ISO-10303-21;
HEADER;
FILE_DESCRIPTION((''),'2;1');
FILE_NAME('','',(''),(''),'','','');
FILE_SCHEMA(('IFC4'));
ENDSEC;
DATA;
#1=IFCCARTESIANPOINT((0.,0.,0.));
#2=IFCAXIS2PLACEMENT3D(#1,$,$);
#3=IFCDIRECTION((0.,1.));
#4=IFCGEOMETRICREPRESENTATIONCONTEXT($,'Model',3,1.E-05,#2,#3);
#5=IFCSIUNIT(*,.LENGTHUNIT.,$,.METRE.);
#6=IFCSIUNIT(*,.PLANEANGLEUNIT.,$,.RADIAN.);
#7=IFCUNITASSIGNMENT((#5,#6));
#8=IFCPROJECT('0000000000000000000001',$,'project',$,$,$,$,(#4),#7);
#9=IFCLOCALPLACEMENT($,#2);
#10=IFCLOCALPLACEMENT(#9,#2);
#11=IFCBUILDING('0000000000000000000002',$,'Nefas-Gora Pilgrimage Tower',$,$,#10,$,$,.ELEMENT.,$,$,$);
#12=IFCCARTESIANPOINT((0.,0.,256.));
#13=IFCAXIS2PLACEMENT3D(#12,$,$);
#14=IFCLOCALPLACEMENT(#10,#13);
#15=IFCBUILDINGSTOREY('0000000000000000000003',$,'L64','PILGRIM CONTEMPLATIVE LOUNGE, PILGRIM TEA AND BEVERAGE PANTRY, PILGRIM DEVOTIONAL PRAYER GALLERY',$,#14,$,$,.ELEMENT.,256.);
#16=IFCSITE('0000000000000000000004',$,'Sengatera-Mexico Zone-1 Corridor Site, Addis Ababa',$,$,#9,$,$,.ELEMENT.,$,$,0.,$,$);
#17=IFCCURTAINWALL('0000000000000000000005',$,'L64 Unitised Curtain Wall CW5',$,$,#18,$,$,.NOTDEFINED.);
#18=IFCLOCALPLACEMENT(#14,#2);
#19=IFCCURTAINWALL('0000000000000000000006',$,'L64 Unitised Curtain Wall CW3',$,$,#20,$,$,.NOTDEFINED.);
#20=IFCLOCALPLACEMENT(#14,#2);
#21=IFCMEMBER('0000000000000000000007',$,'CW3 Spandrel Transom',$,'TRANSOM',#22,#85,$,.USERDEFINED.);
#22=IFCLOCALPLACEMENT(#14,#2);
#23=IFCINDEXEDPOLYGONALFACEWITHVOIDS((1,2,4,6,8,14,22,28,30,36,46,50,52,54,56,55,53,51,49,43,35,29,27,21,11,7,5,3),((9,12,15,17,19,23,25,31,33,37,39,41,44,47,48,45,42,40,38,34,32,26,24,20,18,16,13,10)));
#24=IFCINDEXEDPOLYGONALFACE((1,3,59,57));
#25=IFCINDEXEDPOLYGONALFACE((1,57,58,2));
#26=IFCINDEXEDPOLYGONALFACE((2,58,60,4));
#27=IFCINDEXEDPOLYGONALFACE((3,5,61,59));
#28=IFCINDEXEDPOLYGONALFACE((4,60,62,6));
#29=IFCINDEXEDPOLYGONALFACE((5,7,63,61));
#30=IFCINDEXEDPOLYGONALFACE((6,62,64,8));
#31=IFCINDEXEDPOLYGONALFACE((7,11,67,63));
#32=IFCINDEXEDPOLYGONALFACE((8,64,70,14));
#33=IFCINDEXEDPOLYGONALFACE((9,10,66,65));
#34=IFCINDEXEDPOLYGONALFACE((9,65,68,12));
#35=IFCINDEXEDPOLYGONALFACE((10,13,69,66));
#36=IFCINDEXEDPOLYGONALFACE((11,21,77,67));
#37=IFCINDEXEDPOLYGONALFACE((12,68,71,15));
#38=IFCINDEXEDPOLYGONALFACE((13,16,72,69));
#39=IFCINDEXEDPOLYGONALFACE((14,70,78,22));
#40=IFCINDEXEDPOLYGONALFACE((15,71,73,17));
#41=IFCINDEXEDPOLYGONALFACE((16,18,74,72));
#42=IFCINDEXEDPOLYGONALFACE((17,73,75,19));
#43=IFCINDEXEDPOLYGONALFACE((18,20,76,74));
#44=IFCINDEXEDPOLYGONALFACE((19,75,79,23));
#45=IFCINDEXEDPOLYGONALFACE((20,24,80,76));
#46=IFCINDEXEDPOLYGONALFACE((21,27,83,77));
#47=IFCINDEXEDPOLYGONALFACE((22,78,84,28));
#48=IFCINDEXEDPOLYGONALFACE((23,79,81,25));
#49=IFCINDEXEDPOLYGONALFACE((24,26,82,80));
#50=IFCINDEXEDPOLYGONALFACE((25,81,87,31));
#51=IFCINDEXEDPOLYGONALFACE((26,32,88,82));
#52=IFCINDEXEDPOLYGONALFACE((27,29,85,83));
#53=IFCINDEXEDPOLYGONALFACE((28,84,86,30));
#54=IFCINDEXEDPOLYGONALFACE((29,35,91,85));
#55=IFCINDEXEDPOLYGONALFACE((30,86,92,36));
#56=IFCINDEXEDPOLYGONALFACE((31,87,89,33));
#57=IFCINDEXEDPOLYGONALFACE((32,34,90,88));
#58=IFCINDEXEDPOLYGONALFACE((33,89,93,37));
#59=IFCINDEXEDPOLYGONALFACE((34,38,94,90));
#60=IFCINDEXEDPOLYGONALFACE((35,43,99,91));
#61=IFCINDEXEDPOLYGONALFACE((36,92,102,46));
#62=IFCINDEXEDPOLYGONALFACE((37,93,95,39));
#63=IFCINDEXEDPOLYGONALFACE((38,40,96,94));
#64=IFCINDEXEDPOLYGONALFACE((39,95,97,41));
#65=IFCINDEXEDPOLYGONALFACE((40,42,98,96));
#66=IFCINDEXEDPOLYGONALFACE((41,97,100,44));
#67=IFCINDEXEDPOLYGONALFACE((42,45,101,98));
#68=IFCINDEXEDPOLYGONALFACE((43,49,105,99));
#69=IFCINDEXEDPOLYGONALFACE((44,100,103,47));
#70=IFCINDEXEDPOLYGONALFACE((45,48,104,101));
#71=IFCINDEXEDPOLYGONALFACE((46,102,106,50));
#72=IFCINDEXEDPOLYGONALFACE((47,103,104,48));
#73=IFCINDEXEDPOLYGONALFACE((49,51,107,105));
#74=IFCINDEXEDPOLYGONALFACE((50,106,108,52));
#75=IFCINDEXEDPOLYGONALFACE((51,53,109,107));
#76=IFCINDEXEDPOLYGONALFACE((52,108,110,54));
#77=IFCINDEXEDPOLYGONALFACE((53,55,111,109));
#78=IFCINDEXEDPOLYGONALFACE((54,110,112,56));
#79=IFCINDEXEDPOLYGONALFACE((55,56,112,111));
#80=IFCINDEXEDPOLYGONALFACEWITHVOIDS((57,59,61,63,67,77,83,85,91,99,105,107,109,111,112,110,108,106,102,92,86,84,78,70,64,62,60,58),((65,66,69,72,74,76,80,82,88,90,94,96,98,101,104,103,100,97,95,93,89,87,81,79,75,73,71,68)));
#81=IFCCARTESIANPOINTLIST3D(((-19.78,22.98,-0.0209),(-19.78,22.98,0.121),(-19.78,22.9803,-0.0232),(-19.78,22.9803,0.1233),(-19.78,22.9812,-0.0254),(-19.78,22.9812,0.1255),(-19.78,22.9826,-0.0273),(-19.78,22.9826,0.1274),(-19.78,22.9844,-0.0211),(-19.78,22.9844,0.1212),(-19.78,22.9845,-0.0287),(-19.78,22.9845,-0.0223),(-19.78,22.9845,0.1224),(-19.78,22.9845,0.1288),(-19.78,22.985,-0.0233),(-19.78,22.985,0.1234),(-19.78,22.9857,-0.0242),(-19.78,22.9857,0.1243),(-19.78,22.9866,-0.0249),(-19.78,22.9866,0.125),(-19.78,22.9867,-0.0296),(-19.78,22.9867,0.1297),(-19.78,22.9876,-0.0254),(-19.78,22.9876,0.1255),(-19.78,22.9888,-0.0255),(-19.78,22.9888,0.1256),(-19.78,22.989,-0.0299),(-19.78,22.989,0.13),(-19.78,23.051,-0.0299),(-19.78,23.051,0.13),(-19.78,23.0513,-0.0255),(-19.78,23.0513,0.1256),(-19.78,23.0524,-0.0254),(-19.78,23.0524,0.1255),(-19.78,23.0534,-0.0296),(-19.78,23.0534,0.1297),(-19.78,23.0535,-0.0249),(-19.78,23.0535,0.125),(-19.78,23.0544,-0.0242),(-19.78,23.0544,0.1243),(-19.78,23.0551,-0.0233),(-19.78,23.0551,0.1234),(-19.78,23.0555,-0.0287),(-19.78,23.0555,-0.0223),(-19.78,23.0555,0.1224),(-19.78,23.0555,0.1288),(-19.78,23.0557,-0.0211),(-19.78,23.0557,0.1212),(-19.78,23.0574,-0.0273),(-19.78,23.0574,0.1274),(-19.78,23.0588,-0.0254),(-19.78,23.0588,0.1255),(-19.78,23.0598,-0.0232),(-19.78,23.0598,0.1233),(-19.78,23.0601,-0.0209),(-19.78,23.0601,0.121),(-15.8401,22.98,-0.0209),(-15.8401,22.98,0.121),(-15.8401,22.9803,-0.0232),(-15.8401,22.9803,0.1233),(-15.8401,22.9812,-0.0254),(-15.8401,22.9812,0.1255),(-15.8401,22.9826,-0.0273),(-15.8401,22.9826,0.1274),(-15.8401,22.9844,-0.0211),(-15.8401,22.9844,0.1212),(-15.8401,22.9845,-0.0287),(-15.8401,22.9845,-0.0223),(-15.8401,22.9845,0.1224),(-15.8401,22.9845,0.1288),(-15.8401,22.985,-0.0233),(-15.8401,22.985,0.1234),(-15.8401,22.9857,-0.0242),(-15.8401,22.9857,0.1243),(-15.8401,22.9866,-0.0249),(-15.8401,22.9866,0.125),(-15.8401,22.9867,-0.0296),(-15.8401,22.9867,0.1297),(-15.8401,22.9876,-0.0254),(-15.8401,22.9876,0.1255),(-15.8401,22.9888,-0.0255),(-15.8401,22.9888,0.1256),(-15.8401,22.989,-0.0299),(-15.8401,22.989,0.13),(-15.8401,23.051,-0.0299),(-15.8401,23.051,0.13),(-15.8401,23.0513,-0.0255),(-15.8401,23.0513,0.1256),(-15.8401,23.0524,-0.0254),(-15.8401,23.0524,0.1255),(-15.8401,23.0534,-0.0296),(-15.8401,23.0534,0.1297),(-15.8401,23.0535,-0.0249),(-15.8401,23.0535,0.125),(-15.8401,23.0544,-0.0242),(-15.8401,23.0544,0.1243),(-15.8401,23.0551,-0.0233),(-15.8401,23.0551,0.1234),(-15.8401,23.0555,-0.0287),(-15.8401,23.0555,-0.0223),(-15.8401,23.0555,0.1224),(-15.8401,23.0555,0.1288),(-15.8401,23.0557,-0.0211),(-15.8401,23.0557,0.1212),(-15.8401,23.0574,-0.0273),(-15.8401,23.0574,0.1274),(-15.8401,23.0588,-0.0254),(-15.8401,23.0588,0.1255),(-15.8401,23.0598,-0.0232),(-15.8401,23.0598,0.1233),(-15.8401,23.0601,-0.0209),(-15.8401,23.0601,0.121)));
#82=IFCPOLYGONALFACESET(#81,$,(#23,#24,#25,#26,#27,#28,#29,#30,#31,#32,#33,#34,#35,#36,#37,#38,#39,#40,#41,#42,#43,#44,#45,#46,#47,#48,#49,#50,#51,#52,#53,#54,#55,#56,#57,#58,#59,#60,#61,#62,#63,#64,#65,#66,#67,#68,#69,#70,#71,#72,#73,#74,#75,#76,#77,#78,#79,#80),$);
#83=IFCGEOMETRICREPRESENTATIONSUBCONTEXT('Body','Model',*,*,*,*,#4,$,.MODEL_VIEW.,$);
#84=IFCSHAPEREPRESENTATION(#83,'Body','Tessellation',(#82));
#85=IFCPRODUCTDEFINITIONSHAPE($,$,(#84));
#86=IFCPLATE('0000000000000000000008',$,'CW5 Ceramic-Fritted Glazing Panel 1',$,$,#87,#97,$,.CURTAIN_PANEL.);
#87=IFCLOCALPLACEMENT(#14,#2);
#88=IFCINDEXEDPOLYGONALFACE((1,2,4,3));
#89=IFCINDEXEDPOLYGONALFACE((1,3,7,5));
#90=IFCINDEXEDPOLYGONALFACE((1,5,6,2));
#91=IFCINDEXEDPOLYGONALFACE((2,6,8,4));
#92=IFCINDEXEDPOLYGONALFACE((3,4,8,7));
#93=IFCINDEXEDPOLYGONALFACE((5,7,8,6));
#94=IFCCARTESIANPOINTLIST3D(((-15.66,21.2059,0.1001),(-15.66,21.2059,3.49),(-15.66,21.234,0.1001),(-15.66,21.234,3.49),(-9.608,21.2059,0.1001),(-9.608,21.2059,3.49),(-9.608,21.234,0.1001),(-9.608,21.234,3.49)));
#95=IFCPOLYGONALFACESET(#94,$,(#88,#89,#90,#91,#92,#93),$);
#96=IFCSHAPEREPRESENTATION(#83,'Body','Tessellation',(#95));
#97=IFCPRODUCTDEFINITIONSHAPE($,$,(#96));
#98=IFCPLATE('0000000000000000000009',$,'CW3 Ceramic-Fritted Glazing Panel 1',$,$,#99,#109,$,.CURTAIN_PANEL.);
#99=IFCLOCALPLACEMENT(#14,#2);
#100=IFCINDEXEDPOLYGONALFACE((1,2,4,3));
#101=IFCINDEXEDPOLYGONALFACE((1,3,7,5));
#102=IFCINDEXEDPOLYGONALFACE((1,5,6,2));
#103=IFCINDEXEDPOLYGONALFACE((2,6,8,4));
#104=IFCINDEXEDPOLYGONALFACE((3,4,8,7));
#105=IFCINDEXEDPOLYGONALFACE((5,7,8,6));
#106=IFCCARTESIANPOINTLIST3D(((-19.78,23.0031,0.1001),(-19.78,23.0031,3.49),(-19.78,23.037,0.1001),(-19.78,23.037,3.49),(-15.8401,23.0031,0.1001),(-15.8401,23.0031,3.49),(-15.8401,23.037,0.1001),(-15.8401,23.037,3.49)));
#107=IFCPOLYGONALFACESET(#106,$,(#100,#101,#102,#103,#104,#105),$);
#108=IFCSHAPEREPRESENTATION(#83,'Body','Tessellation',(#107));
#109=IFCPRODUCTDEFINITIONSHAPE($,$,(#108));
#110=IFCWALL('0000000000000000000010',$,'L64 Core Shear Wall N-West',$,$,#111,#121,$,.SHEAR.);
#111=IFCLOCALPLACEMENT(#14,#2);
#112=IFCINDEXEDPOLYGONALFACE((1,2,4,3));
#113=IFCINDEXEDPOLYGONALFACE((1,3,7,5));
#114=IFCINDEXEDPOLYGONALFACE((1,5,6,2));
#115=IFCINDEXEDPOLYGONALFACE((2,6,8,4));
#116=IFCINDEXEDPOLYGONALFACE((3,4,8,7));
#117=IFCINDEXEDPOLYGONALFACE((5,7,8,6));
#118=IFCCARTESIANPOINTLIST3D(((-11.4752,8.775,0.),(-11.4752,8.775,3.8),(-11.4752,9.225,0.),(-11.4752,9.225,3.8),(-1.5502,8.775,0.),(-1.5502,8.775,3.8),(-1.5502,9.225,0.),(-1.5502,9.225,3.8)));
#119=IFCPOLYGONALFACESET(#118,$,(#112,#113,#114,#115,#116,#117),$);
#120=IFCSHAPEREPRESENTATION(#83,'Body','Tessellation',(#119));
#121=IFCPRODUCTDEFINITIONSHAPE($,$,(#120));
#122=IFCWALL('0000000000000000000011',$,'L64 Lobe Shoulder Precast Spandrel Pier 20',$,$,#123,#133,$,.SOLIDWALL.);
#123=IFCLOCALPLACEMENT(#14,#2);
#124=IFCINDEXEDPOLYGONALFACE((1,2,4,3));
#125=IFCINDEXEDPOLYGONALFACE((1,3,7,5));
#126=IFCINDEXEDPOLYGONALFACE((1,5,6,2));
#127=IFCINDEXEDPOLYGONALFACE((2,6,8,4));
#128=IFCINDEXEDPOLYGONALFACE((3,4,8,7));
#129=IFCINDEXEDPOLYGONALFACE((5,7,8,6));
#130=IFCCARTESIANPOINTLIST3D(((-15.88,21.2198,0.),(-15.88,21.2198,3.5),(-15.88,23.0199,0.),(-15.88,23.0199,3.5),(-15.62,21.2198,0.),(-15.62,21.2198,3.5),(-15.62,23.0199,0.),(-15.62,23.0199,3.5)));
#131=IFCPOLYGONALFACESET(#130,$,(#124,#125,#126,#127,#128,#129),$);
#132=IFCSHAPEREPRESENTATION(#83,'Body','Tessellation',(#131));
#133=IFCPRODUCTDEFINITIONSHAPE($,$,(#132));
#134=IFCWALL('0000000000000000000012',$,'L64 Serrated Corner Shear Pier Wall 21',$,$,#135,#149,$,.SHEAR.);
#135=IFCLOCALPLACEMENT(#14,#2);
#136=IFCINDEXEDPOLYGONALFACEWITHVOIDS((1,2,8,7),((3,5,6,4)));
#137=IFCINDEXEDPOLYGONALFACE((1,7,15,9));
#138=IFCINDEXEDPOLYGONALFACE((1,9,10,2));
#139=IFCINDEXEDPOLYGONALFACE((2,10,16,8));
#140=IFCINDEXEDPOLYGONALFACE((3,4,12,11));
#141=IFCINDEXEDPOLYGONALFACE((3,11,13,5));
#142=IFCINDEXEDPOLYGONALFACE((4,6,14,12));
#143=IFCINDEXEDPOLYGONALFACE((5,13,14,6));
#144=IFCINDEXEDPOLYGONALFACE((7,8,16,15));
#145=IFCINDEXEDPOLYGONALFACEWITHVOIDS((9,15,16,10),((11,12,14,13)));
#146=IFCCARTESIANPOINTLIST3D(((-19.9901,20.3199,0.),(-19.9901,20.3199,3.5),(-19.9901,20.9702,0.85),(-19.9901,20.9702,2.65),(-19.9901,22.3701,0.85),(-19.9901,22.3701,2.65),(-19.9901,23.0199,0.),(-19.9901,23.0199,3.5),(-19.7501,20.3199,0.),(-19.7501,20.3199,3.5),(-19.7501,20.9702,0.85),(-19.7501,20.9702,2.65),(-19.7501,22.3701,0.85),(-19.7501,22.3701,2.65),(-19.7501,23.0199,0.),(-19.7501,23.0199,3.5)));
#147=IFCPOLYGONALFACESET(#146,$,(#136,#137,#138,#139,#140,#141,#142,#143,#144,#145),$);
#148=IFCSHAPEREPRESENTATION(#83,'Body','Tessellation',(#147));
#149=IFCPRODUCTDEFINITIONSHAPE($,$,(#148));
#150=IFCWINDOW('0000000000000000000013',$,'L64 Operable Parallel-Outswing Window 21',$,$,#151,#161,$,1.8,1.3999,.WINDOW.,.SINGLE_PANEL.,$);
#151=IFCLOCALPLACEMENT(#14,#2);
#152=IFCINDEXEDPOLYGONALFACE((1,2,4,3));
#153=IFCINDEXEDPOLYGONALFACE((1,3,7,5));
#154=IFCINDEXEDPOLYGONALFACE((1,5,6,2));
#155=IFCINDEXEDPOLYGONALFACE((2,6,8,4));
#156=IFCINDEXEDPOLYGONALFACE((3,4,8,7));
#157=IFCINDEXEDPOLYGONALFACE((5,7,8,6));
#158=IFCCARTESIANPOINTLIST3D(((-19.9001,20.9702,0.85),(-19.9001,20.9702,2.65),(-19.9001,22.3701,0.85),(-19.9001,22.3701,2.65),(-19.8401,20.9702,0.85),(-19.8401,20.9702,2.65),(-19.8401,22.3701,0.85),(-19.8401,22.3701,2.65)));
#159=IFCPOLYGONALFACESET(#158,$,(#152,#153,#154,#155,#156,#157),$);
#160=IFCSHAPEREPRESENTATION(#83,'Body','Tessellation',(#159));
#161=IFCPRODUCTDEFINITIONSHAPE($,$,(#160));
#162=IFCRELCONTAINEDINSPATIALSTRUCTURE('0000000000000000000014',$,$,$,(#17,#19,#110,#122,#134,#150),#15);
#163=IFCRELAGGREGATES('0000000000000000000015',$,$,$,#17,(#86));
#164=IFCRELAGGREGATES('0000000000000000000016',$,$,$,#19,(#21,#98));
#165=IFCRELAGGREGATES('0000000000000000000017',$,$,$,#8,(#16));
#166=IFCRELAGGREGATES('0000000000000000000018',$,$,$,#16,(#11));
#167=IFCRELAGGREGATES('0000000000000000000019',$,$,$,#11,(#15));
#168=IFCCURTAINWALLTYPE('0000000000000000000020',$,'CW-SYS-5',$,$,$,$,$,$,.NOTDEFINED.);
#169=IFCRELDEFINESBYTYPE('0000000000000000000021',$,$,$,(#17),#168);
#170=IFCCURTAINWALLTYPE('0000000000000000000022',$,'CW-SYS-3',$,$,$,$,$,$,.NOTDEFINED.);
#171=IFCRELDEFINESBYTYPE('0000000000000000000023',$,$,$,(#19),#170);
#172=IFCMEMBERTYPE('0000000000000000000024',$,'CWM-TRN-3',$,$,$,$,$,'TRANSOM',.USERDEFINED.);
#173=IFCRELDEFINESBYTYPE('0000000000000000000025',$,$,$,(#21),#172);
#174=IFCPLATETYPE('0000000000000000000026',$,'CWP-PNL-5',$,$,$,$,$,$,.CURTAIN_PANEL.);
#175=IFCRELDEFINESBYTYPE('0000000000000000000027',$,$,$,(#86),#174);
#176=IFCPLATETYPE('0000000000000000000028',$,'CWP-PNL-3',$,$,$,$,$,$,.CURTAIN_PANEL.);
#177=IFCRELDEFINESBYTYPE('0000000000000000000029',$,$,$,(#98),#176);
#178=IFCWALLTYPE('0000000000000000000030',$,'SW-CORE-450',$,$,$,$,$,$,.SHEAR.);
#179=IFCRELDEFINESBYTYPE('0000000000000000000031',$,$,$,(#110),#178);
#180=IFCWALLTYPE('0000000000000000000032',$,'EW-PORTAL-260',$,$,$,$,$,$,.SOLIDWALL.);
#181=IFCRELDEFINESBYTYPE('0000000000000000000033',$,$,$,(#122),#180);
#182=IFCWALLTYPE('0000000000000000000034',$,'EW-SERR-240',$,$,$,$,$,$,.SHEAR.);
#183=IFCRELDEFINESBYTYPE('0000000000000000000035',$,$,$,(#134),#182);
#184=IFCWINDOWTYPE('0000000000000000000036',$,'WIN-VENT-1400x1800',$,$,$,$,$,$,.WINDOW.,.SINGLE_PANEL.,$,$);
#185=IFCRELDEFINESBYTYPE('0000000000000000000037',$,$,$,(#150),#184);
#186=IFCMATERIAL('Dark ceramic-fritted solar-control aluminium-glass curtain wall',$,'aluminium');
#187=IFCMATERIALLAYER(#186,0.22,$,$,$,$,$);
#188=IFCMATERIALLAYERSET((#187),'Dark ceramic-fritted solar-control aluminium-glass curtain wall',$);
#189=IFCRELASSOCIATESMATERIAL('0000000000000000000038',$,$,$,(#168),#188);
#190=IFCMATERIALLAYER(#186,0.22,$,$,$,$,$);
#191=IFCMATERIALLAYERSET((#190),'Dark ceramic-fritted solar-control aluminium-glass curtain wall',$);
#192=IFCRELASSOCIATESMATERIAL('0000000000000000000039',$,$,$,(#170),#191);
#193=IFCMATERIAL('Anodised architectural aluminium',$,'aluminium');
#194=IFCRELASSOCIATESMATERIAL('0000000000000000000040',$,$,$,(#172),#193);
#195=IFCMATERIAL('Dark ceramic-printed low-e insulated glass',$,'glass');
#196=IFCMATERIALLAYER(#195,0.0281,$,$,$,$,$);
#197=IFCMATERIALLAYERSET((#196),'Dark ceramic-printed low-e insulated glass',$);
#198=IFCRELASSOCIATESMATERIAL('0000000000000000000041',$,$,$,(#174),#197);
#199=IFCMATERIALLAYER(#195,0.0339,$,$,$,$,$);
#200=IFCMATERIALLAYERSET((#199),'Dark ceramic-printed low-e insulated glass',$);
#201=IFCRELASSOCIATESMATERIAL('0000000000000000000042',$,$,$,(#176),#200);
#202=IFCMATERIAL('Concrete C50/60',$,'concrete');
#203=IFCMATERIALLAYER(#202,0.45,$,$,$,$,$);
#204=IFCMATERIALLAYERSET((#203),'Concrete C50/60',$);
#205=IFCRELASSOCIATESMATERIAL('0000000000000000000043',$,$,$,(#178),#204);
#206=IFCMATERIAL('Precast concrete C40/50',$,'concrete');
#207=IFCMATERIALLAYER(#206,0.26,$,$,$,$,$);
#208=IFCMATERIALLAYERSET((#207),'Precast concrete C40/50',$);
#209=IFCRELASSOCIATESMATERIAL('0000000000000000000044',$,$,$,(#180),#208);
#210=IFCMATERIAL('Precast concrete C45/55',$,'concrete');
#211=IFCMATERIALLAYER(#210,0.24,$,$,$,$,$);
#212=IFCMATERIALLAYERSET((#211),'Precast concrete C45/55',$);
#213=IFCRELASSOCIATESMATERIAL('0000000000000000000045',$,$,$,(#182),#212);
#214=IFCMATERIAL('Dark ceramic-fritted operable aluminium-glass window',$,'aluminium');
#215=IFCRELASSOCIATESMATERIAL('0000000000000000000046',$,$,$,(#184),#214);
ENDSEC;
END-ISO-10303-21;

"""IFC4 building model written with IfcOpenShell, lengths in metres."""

from ifc_helpers import new_model, si_unit, direction, frame, frame_2d, origin, origin_2d, place, context, subcontext, project, spatial, rectangle, hollow_rectangle, extrude, source, transform, mapped, material, layer, layer_set, material_profile, profile_set, type_object, element, fill, aggregate, save


model = new_model("IFC4")

# Units and contexts
model_context = context("Model", 3, precision=1e-05, world=origin(), true_north=direction((0.0, 1.0)))
body_context = subcontext(model_context, "Body", "Model", "MODEL_VIEW")
ifc_project = project(units=[si_unit("LENGTHUNIT", "METRE"), si_unit("PLANEANGLEUNIT", "RADIAN")], contexts=[model_context])

# Site, building, storey
site_placement = place(None, origin())
site = spatial("IfcSite", under=ifc_project, at=site_placement, Name="Sengatera-Mexico Zone-1 Corridor Site, Addis Ababa", CompositionType="ELEMENT", RefElevation=0.0)
building_placement = place(site_placement, origin())
building = spatial("IfcBuilding", under=site, at=building_placement, Name="Nefas-Gora Pilgrimage Tower", CompositionType="ELEMENT")
storey_placement = place(building_placement, frame((0.0, 0.0, 256.0)))
storey = spatial("IfcBuildingStorey", under=building, at=storey_placement, Name="L64", Description="PILGRIM CONTEMPLATIVE LOUNGE, PILGRIM TEA AND BEVERAGE PANTRY, PILGRIM DEVOTIONAL PRAYER GALLERY", CompositionType="ELEMENT", Elevation=256.0)

# Curtain wall
ifc_material_1 = material(Name="Dark ceramic-fritted solar-control aluminium-glass curtain wall", Category="aluminium")
ifc_layer_1 = layer(ifc_material_1, 0.22)
ifc_layer_set_1 = layer_set([ifc_layer_1], Name="Dark ceramic-fritted solar-control aluminium-glass curtain wall")
curtain_wall_type_1 = type_object("IfcCurtainWallType", Name="CW-SYS-5", PredefinedType="NOTDEFINED", material=ifc_layer_set_1)
curtain_wall_1_placement = place(storey_placement, origin())
curtain_wall_1 = element("IfcCurtainWall", 1, at=curtain_wall_1_placement, inside=storey, type_object=curtain_wall_type_1, Name="L64 Unitised Curtain Wall CW5", PredefinedType="NOTDEFINED")
ifc_material_2 = material(Name="Anodised architectural aluminium", Category="aluminium")
ifc_layer_2 = layer(ifc_material_1, 0.22)
ifc_layer_set_2 = layer_set([ifc_layer_2], Name="Dark ceramic-fritted solar-control aluminium-glass curtain wall")
curtain_wall_type_2 = type_object("IfcCurtainWallType", Name="CW-SYS-3", PredefinedType="NOTDEFINED", material=ifc_layer_set_2)
ifc_material_profile_1 = material_profile(ifc_material_2, hollow_rectangle(XDim=0.0801, YDim=0.1599, WallThickness=0.0044, InnerFilletRadius=0.0044, OuterFilletRadius=0.009, at=origin_2d()), Name="ALU TRANSOM 80x160")
ifc_profile_set_1 = profile_set([ifc_material_profile_1], Name="Anodised architectural aluminium")
member_type_1 = type_object("IfcMemberType", Name="CWM-TRN-3", ElementType="TRANSOM", PredefinedType="USERDEFINED", material=ifc_profile_set_1)

# Curtain wall
curtain_wall_2_placement = place(storey_placement, origin())
curtain_wall_2 = element("IfcCurtainWall", 2, at=curtain_wall_2_placement, inside=storey, type_object=curtain_wall_type_2, Name="L64 Unitised Curtain Wall CW3", PredefinedType="NOTDEFINED")

# Member
shared_shape_1 = source(origin(), body_context, "Body", "SweptSolid", [
    extrude(hollow_rectangle(XDim=0.0801, YDim=0.1599, WallThickness=0.0044, InnerFilletRadius=0.0044, OuterFilletRadius=0.009, at=origin_2d()), origin(), (0.0, 0.0, 1.0), 3.9399),
])
member_1_placement = place(storey_placement, frame((-15.8401, 23.02, 0.05), z_axis=(-1.0, 0.0, 0.0), x_axis=(0.0, -1.0, 0.0)))
member_1 = element("IfcMember", 3, at=member_1_placement, type_object=member_type_1, Name="CW3 Spandrel Transom", ObjectType="TRANSOM", PredefinedType="USERDEFINED", context=body_context, shape_type="MappedRepresentation", body=[
    mapped(shared_shape_1, transform((0.0, 0.0, 0.0), x_axis=(1.0, 0.0, 0.0), y_axis=(0.0, 1.0, 0.0), z_axis=(0.0, 0.0, 1.0), scale=1.0)),
])

# Plates
ifc_material_3 = material(Name="Dark ceramic-printed low-e insulated glass", Category="glass")
ifc_layer_3 = layer(ifc_material_3, 0.0281)
ifc_layer_set_3 = layer_set([ifc_layer_3], Name="Dark ceramic-printed low-e insulated glass")
plate_type_1 = type_object("IfcPlateType", Name="CWP-PNL-5", PredefinedType="CURTAIN_PANEL", material=ifc_layer_set_3)
shared_shape_2 = source(origin(), body_context, "Body", "SweptSolid", [
    extrude(rectangle(XDim=6.052, YDim=0.0281, at=origin_2d()), origin(), (0.0, 0.0, 1.0), 3.3899),
])
plate_1_placement = place(storey_placement, frame((-12.634, 21.22, 0.1001), z_axis=(0.0, 0.0, 1.0), x_axis=(-1.0, 0.0, 0.0)))
plate_1 = element("IfcPlate", 4, at=plate_1_placement, type_object=plate_type_1, Name="CW5 Ceramic-Fritted Glazing Panel 1", PredefinedType="CURTAIN_PANEL", context=body_context, shape_type="MappedRepresentation", body=[
    mapped(shared_shape_2, transform((0.0, 0.0, 0.0), x_axis=(1.0, 0.0, 0.0), y_axis=(0.0, 1.0, 0.0), z_axis=(0.0, 0.0, 1.0), scale=1.0)),
])
aggregate(curtain_wall_1, [plate_1])
ifc_layer_4 = layer(ifc_material_3, 0.0339)
ifc_layer_set_4 = layer_set([ifc_layer_4], Name="Dark ceramic-printed low-e insulated glass")
plate_type_2 = type_object("IfcPlateType", Name="CWP-PNL-3", PredefinedType="CURTAIN_PANEL", material=ifc_layer_set_4)
shared_shape_3 = source(origin(), body_context, "Body", "SweptSolid", [
    extrude(rectangle(XDim=3.9399, YDim=0.0339, at=origin_2d()), origin(), (0.0, 0.0, 1.0), 3.3899),
])
plate_2_placement = place(storey_placement, frame((-17.8101, 23.02, 0.1001), z_axis=(0.0, 0.0, 1.0), x_axis=(-1.0, 0.0, 0.0)))
plate_2 = element("IfcPlate", 5, at=plate_2_placement, type_object=plate_type_2, Name="CW3 Ceramic-Fritted Glazing Panel 1", PredefinedType="CURTAIN_PANEL", context=body_context, shape_type="MappedRepresentation", body=[
    mapped(shared_shape_3, transform((0.0, 0.0, 0.0), x_axis=(1.0, 0.0, 0.0), y_axis=(0.0, 1.0, 0.0), z_axis=(0.0, 0.0, 1.0), scale=1.0)),
])
aggregate(curtain_wall_2, [member_1, plate_2])

# Walls
ifc_material_4 = material(Name="Concrete C50/60", Category="concrete")
ifc_layer_5 = layer(ifc_material_4, 0.45)
ifc_layer_set_5 = layer_set([ifc_layer_5], Name="Concrete C50/60")
wall_type_1 = type_object("IfcWallType", Name="SW-CORE-450", PredefinedType="SHEAR", material=ifc_layer_set_5)
shared_shape_4 = source(origin(), body_context, "Body", "SweptSolid", [
    extrude(rectangle(XDim=9.925, YDim=0.45, at=frame_2d((4.9624, 0.0))), origin(), (0.0, 0.0, 1.0), 3.8),
])
wall_1_placement = place(storey_placement, frame((-11.4751, 9.0, 0.0), z_axis=(0.0, 0.0, 1.0), x_axis=(1.0, 0.0, 0.0)))
element("IfcWall", 6, at=wall_1_placement, inside=storey, type_object=wall_type_1, Name="L64 Core Shear Wall N-West", PredefinedType="SHEAR", context=body_context, shape_type="MappedRepresentation", body=[
    mapped(shared_shape_4, transform((0.0, 0.0, 0.0), x_axis=(1.0, 0.0, 0.0), y_axis=(0.0, 1.0, 0.0), z_axis=(0.0, 0.0, 1.0), scale=1.0)),
])
ifc_material_5 = material(Name="Precast concrete C40/50", Category="concrete")
ifc_layer_6 = layer(ifc_material_5, 0.26)
ifc_layer_set_6 = layer_set([ifc_layer_6], Name="Precast concrete C40/50")
wall_type_2 = type_object("IfcWallType", Name="EW-PORTAL-260", PredefinedType="SOLIDWALL", material=ifc_layer_set_6)
shared_shape_5 = source(origin(), body_context, "Body", "SweptSolid", [
    extrude(rectangle(XDim=1.8, YDim=0.26, at=frame_2d((0.8999, 0.0))), origin(), (0.0, 0.0, 1.0), 3.5),
])
wall_2_placement = place(storey_placement, frame((-15.75, 21.22, 0.0), z_axis=(0.0, 0.0, 1.0), x_axis=(0.0, 1.0, 0.0)))
element("IfcWall", 7, at=wall_2_placement, inside=storey, type_object=wall_type_2, Name="L64 Lobe Shoulder Precast Spandrel Pier 20", PredefinedType="SOLIDWALL", context=body_context, shape_type="MappedRepresentation", body=[
    mapped(shared_shape_5, transform((0.0, 0.0, 0.0), x_axis=(1.0, 0.0, 0.0), y_axis=(0.0, 1.0, 0.0), z_axis=(0.0, 0.0, 1.0), scale=1.0)),
])

# Wall, opening, window
ifc_material_6 = material(Name="Precast concrete C45/55", Category="concrete")
ifc_layer_7 = layer(ifc_material_6, 0.24)
ifc_layer_set_7 = layer_set([ifc_layer_7], Name="Precast concrete C45/55")
wall_type_3 = type_object("IfcWallType", Name="EW-SERR-240", PredefinedType="SHEAR", material=ifc_layer_set_7)
shared_shape_6 = source(origin(), body_context, "Body", "SweptSolid", [
    extrude(rectangle(XDim=2.7, YDim=0.24, at=frame_2d((1.3501, 0.0))), origin(), (0.0, 0.0, 1.0), 3.5),
])
wall_3_placement = place(storey_placement, frame((-19.8701, 23.02, 0.0), z_axis=(0.0, 0.0, 1.0), x_axis=(0.0, -1.0, 0.0)))
wall_3 = element("IfcWall", 8, at=wall_3_placement, inside=storey, type_object=wall_type_3, Name="L64 Serrated Corner Shear Pier Wall 21", PredefinedType="SHEAR", context=body_context, shape_type="MappedRepresentation", body=[
    mapped(shared_shape_6, transform((0.0, 0.0, 0.0), x_axis=(1.0, 0.0, 0.0), y_axis=(0.0, 1.0, 0.0), z_axis=(0.0, 0.0, 1.0), scale=1.0)),
])
opening_1_placement = place(wall_3_placement, frame((0.6499, 0.0, 0.8501)))
opening_1 = element("IfcOpeningElement", 9, at=opening_1_placement, cuts=wall_3, PredefinedType="OPENING", context=body_context, shape_type="SweptSolid", body=[
    extrude(rectangle(XDim=1.3999, YDim=1.8, at=frame_2d((0.7, 0.8999))), frame((0.0, 0.1299, 0.0), z_axis=(0.0, -1.0, 0.0), x_axis=(1.0, 0.0, 0.0)), (0.0, 0.0, 1.0), 0.26),
])
ifc_material_7 = material(Name="Dark ceramic-fritted operable aluminium-glass window", Category="aluminium")
window_type = type_object("IfcWindowType", Name="WIN-VENT-1400x1800", PartitioningType="SINGLE_PANEL", PredefinedType="WINDOW", material=ifc_material_7)
shared_shape_7 = source(origin(), body_context, "Body", "SweptSolid", [
    extrude(rectangle(XDim=1.3999, YDim=1.8, at=frame_2d((0.7, 0.8999))), frame((0.0, 0.03, 0.0), z_axis=(0.0, -1.0, 0.0), x_axis=(1.0, 0.0, 0.0)), (0.0, 0.0, 1.0), 0.0601),
])
window_placement = place(opening_1_placement, origin())
window = element("IfcWindow", 10, at=window_placement, inside=storey, type_object=window_type, Name="L64 Operable Parallel-Outswing Window 21", OverallHeight=1.8, OverallWidth=1.3999, PartitioningType="SINGLE_PANEL", PredefinedType="WINDOW", context=body_context, shape_type="MappedRepresentation", body=[
    mapped(shared_shape_7, transform((0.0, 0.0, 0.0), x_axis=(1.0, 0.0, 0.0), y_axis=(0.0, 1.0, 0.0), z_axis=(0.0, 0.0, 1.0), scale=1.0)),
])
fill(opening_1, window)

save(model, "model.ifc")
